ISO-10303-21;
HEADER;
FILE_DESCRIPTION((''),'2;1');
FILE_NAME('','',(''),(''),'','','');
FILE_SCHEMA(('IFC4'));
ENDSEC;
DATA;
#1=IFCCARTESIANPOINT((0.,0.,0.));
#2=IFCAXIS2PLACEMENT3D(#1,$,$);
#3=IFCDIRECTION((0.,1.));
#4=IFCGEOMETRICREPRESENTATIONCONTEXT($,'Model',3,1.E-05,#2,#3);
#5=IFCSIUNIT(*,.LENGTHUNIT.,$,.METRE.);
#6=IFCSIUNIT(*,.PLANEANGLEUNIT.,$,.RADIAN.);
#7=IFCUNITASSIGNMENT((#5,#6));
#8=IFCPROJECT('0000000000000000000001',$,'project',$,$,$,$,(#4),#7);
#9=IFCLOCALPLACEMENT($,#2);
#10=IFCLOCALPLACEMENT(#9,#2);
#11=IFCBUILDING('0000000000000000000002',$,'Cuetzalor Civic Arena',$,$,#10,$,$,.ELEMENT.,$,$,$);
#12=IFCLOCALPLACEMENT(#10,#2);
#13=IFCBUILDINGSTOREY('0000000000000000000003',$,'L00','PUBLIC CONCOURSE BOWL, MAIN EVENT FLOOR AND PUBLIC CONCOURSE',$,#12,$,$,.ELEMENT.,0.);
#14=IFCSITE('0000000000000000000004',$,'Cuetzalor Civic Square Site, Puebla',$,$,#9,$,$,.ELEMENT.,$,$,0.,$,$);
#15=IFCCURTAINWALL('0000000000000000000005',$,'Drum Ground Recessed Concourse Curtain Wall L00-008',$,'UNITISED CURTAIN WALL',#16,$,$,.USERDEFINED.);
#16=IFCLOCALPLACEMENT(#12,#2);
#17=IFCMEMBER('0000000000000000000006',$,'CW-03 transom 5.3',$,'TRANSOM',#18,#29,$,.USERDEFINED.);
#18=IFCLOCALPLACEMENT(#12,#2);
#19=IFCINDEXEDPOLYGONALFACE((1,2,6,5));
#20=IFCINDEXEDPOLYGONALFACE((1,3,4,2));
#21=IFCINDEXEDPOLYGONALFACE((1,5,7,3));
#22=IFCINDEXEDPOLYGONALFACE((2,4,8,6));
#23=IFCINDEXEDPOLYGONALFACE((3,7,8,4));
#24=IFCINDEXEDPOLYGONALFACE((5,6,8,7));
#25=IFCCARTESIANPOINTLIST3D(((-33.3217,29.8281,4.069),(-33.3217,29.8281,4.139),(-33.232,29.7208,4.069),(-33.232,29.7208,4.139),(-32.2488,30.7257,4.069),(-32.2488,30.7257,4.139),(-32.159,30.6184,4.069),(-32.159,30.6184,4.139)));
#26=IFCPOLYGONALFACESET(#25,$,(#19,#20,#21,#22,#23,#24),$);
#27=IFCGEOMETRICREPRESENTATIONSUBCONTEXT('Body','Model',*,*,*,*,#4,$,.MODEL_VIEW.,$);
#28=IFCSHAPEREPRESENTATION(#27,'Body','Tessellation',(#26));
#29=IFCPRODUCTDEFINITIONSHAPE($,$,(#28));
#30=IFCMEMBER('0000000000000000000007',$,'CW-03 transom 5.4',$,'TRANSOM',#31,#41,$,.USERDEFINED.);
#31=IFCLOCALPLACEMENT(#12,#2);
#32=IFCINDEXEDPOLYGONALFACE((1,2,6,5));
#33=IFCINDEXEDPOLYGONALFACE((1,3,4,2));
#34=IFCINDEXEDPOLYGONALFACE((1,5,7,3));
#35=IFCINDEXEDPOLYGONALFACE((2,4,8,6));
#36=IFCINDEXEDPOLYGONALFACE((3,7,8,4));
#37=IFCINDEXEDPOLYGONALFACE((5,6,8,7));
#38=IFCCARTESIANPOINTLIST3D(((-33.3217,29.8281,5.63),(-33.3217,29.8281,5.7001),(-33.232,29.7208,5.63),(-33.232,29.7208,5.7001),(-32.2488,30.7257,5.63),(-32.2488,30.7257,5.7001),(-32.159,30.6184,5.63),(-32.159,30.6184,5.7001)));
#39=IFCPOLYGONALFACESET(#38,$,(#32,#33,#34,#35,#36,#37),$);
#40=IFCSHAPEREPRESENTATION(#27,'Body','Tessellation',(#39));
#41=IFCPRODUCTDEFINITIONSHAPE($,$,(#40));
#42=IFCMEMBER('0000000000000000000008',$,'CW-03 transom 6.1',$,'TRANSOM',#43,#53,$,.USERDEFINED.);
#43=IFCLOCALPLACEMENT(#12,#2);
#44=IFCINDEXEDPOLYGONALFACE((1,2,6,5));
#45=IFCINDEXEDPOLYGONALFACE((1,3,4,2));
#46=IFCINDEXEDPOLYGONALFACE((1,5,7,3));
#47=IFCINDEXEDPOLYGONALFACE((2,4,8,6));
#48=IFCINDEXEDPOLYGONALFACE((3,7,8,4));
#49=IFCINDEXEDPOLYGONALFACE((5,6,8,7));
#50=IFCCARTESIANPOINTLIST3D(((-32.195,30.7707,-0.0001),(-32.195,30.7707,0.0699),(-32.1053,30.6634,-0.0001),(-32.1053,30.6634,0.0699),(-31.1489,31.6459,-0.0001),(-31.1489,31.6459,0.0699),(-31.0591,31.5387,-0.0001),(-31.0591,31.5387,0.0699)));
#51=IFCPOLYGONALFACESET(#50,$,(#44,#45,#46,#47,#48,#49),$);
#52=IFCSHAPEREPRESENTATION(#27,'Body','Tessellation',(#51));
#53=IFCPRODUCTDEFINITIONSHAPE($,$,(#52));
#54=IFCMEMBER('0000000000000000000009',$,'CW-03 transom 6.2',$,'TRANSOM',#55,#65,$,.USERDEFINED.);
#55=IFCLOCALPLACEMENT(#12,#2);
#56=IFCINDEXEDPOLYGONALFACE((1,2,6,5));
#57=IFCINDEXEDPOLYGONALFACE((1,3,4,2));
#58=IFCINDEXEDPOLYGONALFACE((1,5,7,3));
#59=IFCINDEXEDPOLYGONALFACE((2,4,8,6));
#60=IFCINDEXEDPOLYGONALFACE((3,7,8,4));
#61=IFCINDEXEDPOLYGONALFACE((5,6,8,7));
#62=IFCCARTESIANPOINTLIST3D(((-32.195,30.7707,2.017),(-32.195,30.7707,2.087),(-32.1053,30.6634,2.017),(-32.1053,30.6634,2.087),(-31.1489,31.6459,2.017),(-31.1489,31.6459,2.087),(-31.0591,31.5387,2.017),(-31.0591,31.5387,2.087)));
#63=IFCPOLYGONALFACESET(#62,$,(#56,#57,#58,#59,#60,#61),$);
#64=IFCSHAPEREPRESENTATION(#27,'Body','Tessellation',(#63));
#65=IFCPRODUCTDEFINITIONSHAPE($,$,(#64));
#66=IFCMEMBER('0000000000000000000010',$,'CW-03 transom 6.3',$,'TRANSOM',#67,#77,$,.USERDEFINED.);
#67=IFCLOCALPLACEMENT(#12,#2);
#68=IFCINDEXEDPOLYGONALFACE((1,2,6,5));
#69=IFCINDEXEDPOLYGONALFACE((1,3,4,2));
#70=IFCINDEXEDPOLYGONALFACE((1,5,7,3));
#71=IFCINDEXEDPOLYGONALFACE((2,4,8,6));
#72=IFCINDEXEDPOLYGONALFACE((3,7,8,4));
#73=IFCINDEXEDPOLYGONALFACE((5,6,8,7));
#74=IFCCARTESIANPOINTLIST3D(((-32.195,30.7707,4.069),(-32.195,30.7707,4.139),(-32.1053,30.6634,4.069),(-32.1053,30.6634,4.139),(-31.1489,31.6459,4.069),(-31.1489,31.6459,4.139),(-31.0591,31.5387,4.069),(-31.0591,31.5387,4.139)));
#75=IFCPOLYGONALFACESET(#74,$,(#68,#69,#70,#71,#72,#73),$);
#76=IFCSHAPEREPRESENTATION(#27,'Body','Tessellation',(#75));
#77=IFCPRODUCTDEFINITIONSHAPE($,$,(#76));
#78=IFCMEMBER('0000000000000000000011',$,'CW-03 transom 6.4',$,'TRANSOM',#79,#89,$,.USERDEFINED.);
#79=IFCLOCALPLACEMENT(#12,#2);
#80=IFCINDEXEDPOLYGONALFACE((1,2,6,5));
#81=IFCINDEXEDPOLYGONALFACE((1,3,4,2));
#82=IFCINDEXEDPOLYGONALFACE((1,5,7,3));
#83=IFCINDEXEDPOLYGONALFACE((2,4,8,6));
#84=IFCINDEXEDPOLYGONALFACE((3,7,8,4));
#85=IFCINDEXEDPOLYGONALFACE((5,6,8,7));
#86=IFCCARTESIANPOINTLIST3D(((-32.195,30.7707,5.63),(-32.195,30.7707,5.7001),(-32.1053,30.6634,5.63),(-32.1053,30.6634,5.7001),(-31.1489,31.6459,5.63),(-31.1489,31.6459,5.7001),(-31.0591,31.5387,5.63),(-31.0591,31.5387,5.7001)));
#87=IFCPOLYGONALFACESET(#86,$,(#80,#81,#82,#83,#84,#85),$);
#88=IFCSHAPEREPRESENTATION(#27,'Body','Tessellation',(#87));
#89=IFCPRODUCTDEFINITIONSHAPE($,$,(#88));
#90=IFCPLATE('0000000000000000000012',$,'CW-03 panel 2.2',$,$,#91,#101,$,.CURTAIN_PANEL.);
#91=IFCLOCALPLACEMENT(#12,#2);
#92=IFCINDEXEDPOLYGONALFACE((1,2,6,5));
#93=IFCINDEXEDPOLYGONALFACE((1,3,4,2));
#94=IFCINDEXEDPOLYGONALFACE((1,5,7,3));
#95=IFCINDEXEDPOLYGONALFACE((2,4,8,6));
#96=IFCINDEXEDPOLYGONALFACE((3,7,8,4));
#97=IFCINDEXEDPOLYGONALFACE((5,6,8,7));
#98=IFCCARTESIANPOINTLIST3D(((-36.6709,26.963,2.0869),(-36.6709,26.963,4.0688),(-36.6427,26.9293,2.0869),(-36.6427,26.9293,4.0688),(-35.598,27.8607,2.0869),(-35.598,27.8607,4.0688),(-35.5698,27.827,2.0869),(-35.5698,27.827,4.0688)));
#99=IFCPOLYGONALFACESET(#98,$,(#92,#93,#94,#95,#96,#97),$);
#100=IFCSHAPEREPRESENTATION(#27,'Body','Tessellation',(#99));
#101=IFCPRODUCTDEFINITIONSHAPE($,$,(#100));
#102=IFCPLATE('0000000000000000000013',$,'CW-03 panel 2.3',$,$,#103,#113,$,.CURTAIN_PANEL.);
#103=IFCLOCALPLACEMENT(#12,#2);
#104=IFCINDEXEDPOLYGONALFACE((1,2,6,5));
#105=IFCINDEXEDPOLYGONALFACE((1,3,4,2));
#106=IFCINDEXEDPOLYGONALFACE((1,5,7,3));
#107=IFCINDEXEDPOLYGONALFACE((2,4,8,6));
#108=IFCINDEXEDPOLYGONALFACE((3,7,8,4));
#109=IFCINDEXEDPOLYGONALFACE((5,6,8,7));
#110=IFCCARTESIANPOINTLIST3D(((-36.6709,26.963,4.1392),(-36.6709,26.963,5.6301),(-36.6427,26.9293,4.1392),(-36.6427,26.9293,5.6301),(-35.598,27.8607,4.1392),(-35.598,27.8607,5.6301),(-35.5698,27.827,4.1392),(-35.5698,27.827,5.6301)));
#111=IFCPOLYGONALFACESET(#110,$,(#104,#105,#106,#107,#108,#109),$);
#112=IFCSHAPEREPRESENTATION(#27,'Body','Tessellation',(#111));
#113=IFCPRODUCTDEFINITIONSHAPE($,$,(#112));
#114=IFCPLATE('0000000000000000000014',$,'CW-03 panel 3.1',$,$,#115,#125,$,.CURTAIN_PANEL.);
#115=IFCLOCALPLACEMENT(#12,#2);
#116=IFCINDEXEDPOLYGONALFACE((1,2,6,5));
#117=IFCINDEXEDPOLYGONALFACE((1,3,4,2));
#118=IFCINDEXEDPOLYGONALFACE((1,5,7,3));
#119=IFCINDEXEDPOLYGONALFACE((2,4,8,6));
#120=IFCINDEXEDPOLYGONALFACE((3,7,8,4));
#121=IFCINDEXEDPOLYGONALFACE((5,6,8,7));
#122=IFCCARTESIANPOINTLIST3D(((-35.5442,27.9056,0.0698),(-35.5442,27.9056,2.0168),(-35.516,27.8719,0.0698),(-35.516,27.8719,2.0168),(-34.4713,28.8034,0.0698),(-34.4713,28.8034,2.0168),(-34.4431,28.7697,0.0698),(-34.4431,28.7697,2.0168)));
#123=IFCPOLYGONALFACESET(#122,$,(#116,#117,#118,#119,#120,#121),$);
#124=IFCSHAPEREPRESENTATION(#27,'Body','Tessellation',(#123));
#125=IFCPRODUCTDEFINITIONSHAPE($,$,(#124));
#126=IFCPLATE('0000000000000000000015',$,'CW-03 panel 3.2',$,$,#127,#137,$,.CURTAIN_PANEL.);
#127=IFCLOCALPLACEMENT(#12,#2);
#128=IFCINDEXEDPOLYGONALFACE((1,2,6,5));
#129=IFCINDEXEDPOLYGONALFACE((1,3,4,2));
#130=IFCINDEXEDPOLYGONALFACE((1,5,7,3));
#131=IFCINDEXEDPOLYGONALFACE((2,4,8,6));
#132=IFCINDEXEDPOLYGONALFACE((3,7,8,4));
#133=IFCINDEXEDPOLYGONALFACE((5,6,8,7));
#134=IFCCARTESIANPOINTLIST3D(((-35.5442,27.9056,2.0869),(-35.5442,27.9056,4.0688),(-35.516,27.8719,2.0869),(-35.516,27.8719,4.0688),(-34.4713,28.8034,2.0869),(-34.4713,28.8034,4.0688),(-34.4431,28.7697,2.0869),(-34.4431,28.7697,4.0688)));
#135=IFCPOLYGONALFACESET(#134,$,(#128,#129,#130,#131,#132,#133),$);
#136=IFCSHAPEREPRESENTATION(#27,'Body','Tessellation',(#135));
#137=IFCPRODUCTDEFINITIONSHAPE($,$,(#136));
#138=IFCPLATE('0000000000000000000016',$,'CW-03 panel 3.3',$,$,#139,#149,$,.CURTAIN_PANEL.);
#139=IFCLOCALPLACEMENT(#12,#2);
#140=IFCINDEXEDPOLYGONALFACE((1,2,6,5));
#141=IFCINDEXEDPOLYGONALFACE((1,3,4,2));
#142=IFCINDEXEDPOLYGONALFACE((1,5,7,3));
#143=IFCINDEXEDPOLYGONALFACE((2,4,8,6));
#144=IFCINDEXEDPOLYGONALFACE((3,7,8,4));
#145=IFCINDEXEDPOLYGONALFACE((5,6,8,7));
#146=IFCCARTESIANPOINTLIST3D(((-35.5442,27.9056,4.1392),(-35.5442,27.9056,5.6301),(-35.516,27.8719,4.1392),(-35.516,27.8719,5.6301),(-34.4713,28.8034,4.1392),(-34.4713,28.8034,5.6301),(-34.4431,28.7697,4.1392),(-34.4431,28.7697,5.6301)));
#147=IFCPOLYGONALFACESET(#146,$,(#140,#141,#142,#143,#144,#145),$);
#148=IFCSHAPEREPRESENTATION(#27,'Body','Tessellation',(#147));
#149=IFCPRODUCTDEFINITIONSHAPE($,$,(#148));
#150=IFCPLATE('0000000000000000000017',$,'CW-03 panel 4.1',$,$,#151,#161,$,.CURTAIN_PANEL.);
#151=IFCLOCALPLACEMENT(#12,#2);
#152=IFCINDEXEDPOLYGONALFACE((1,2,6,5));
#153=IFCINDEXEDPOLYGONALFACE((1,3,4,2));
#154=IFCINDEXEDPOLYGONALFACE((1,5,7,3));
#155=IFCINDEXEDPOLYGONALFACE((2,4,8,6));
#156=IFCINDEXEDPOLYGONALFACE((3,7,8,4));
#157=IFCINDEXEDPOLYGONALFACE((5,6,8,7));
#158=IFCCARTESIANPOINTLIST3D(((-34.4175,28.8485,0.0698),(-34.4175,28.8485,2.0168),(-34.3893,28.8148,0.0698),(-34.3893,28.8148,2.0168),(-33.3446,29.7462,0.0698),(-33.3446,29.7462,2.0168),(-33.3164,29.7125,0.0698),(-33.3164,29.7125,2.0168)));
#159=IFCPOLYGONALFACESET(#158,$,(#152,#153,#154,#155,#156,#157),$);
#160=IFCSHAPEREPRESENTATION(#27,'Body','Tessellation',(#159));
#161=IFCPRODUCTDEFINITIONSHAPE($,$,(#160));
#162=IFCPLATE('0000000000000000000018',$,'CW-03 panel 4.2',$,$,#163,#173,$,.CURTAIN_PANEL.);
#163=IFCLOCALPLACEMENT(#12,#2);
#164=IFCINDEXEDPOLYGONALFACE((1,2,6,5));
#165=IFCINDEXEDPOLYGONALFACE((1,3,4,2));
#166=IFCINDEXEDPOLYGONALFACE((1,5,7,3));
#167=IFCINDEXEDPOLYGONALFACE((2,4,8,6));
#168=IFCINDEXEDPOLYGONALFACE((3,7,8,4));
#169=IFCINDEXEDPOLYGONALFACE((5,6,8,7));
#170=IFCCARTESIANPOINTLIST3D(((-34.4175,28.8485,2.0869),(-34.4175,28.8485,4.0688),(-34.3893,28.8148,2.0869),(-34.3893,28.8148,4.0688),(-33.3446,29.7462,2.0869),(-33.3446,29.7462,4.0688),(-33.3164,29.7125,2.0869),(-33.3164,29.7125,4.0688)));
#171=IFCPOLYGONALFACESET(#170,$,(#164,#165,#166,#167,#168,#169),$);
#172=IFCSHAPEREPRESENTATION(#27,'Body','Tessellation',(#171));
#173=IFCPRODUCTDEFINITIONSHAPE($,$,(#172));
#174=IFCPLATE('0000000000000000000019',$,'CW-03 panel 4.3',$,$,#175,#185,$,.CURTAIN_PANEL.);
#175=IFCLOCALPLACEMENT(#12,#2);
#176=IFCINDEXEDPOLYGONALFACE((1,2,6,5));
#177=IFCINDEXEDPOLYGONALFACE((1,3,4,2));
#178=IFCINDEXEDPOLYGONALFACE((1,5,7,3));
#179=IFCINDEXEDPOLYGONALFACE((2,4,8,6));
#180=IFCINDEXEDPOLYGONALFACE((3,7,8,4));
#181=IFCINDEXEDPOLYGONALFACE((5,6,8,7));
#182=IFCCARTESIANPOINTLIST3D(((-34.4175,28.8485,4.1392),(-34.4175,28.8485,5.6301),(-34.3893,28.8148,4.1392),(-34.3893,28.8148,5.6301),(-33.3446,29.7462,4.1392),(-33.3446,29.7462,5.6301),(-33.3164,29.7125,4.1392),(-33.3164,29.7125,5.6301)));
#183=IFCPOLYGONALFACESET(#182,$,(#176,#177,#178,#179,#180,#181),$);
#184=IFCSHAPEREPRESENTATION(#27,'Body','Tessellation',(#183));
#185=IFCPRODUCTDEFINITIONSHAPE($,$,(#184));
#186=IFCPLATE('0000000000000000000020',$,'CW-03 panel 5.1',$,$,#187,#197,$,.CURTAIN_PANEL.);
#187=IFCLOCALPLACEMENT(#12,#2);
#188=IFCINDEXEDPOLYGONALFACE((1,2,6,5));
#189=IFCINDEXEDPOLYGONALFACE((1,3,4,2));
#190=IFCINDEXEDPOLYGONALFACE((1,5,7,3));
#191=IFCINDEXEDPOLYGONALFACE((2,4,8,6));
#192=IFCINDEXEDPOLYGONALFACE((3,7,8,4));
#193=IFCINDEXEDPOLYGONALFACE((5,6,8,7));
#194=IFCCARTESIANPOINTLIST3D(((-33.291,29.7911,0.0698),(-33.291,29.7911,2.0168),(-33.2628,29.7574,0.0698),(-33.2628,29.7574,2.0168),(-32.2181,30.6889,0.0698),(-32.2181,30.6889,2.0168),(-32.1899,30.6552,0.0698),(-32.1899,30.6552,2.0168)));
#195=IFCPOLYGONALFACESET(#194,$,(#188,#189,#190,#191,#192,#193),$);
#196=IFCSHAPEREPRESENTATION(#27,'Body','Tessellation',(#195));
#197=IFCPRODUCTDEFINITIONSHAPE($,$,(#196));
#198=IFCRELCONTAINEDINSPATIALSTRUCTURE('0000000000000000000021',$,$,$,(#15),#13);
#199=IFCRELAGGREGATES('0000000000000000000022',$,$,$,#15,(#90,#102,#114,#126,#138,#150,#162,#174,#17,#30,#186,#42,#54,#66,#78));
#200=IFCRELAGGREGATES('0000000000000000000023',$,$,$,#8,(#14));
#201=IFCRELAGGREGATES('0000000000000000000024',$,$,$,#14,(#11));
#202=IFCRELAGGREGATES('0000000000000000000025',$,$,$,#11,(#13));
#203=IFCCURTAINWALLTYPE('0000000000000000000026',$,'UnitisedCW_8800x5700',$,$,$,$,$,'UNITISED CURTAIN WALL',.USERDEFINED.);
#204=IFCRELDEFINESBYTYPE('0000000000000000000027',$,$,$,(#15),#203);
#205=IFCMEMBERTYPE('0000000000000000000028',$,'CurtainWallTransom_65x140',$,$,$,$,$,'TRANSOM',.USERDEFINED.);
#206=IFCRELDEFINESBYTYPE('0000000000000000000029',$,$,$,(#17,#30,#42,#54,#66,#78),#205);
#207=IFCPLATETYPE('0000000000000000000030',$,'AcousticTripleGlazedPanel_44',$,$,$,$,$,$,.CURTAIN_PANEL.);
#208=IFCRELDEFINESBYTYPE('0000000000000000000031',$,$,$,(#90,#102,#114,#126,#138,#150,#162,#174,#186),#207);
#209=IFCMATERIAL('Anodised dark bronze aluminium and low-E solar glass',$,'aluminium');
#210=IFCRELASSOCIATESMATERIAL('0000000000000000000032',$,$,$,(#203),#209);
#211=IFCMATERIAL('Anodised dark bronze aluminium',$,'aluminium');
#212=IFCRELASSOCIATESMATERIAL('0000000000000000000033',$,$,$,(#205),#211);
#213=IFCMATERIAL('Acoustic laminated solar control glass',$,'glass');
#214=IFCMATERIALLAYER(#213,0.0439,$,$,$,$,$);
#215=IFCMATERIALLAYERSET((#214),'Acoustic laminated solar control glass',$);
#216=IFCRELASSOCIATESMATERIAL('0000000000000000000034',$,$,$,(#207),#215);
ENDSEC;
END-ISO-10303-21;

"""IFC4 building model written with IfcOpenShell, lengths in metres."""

from ifc_helpers import new_model, si_unit, direction, frame, origin, origin_2d, place, context, subcontext, project, spatial, rectangle, extrude, material, layer, layer_set, material_profile, profile_set, type_object, element, aggregate, save


model = new_model("IFC4")

# Units and contexts
model_context = context("Model", 3, precision=1e-05, world=origin(), true_north=direction((0.0, 1.0)))
body_context = subcontext(model_context, "Body", "Model", "MODEL_VIEW")
ifc_project = project(units=[si_unit("LENGTHUNIT", "METRE"), si_unit("PLANEANGLEUNIT", "RADIAN")], contexts=[model_context])

# Site, building, storey
site_placement = place(None, origin())
site = spatial("IfcSite", under=ifc_project, at=site_placement, Name="Cuetzalor Civic Square Site, Puebla", CompositionType="ELEMENT", RefElevation=0.0)
building_placement = place(site_placement, origin())
building = spatial("IfcBuilding", under=site, at=building_placement, Name="Cuetzalor Civic Arena", CompositionType="ELEMENT")
storey_placement = place(building_placement, origin())
storey = spatial("IfcBuildingStorey", under=building, at=storey_placement, Name="L00", Description="PUBLIC CONCOURSE BOWL, MAIN EVENT FLOOR AND PUBLIC CONCOURSE", CompositionType="ELEMENT", Elevation=0.0)

# Curtain wall, members, plates
ifc_material_1 = material(Name="Anodised dark bronze aluminium and low-E solar glass", Category="aluminium")
curtain_wall_type = type_object("IfcCurtainWallType", Name="UnitisedCW_8800x5700", ElementType="UNITISED CURTAIN WALL", PredefinedType="USERDEFINED", material=ifc_material_1)
curtain_wall_placement = place(storey_placement, origin())
curtain_wall = element("IfcCurtainWall", 1, at=curtain_wall_placement, inside=storey, type_object=curtain_wall_type, Name="Drum Ground Recessed Concourse Curtain Wall L00-008", ObjectType="UNITISED CURTAIN WALL", PredefinedType="USERDEFINED")
ifc_material_2 = material(Name="Anodised dark bronze aluminium", Category="aluminium")
ifc_material_profile_1 = material_profile(ifc_material_2, rectangle(XDim=0.1399, YDim=0.0701, at=origin_2d()), Name="ALU TRANSOM 70x140")
ifc_profile_set_1 = profile_set([ifc_material_profile_1], Name="Anodised dark bronze aluminium")
member_type_1 = type_object("IfcMemberType", Name="CurtainWallTransom_65x140", ElementType="TRANSOM", PredefinedType="USERDEFINED", material=ifc_profile_set_1)
member_1_placement = place(storey_placement, frame((-33.2769, 29.7744, 4.104), z_axis=(0.766975, 0.641677, 0.0), x_axis=(-0.641677, 0.766975, 0.0)))
member_1 = element("IfcMember", 2, at=member_1_placement, type_object=member_type_1, Name="CW-03 transom 5.3", ObjectType="TRANSOM", PredefinedType="USERDEFINED", context=body_context, shape_type="SweptSolid", body=[
    extrude(rectangle(XDim=0.1399, YDim=0.0701, at=origin_2d()), origin(), (0.0, 0.0, 1.0), 1.3989),
])
member_2_placement = place(storey_placement, frame((-33.2769, 29.7744, 5.665), z_axis=(0.766975, 0.641677, 0.0), x_axis=(-0.641677, 0.766975, 0.0)))
member_2 = element("IfcMember", 3, at=member_2_placement, type_object=member_type_1, Name="CW-03 transom 5.4", ObjectType="TRANSOM", PredefinedType="USERDEFINED", context=body_context, shape_type="SweptSolid", body=[
    extrude(rectangle(XDim=0.1399, YDim=0.0701, at=origin_2d()), origin(), (0.0, 0.0, 1.0), 1.3989),
])
member_3_placement = place(storey_placement, frame((-32.1501, 30.717, 0.0349), z_axis=(0.766973, 0.64168, 0.0), x_axis=(-0.64168, 0.766973, 0.0)))
member_3 = element("IfcMember", 4, at=member_3_placement, type_object=member_type_1, Name="CW-03 transom 6.1", ObjectType="TRANSOM", PredefinedType="USERDEFINED", context=body_context, shape_type="SweptSolid", body=[
    extrude(rectangle(XDim=0.1399, YDim=0.0701, at=origin_2d()), origin(), (0.0, 0.0, 1.0), 1.364),
])
member_4_placement = place(storey_placement, frame((-32.1501, 30.717, 2.052), z_axis=(0.766973, 0.64168, 0.0), x_axis=(-0.64168, 0.766973, 0.0)))
member_4 = element("IfcMember", 5, at=member_4_placement, type_object=member_type_1, Name="CW-03 transom 6.2", ObjectType="TRANSOM", PredefinedType="USERDEFINED", context=body_context, shape_type="SweptSolid", body=[
    extrude(rectangle(XDim=0.1399, YDim=0.0701, at=origin_2d()), origin(), (0.0, 0.0, 1.0), 1.364),
])
member_5_placement = place(storey_placement, frame((-32.1501, 30.717, 4.104), z_axis=(0.766973, 0.64168, 0.0), x_axis=(-0.64168, 0.766973, 0.0)))
member_5 = element("IfcMember", 6, at=member_5_placement, type_object=member_type_1, Name="CW-03 transom 6.3", ObjectType="TRANSOM", PredefinedType="USERDEFINED", context=body_context, shape_type="SweptSolid", body=[
    extrude(rectangle(XDim=0.1399, YDim=0.0701, at=origin_2d()), origin(), (0.0, 0.0, 1.0), 1.364),
])
member_6_placement = place(storey_placement, frame((-32.1501, 30.717, 5.665), z_axis=(0.766973, 0.64168, 0.0), x_axis=(-0.64168, 0.766973, 0.0)))
member_6 = element("IfcMember", 7, at=member_6_placement, type_object=member_type_1, Name="CW-03 transom 6.4", ObjectType="TRANSOM", PredefinedType="USERDEFINED", context=body_context, shape_type="SweptSolid", body=[
    extrude(rectangle(XDim=0.1399, YDim=0.0701, at=origin_2d()), origin(), (0.0, 0.0, 1.0), 1.364),
])
ifc_material_3 = material(Name="Acoustic laminated solar control glass", Category="glass")
ifc_layer_1 = layer(ifc_material_3, 0.0439)
ifc_layer_set_1 = layer_set([ifc_layer_1], Name="Acoustic laminated solar control glass")
plate_type = type_object("IfcPlateType", Name="AcousticTripleGlazedPanel_44", PredefinedType="CURTAIN_PANEL", material=ifc_layer_set_1)
plate_1_placement = place(storey_placement, frame((-36.1204, 27.395, 2.0869), z_axis=(0.0, 0.0, 1.0), x_axis=(0.766928, 0.641733, 0.0)))
plate_1 = element("IfcPlate", 8, at=plate_1_placement, type_object=plate_type, Name="CW-03 panel 2.2", PredefinedType="CURTAIN_PANEL", context=body_context, shape_type="SweptSolid", body=[
    extrude(rectangle(XDim=1.3989, YDim=0.0439, at=origin_2d()), origin(), (0.0, 0.0, 1.0), 1.9819),
])
plate_2_placement = place(storey_placement, frame((-36.1204, 27.395, 4.1392), z_axis=(0.0, 0.0, 1.0), x_axis=(0.766928, 0.641733, 0.0)))
plate_2 = element("IfcPlate", 9, at=plate_2_placement, type_object=plate_type, Name="CW-03 panel 2.3", PredefinedType="CURTAIN_PANEL", context=body_context, shape_type="SweptSolid", body=[
    extrude(rectangle(XDim=1.3989, YDim=0.0439, at=origin_2d()), origin(), (0.0, 0.0, 1.0), 1.491),
])
plate_3_placement = place(storey_placement, frame((-34.9937, 28.3376, 0.0698), z_axis=(0.0, 0.0, 1.0), x_axis=(0.766928, 0.641733, 0.0)))
plate_3 = element("IfcPlate", 10, at=plate_3_placement, type_object=plate_type, Name="CW-03 panel 3.1", PredefinedType="CURTAIN_PANEL", context=body_context, shape_type="SweptSolid", body=[
    extrude(rectangle(XDim=1.3989, YDim=0.0439, at=origin_2d()), origin(), (0.0, 0.0, 1.0), 1.947),
])
plate_4_placement = place(storey_placement, frame((-34.9937, 28.3376, 2.0869), z_axis=(0.0, 0.0, 1.0), x_axis=(0.766928, 0.641733, 0.0)))
plate_4 = element("IfcPlate", 11, at=plate_4_placement, type_object=plate_type, Name="CW-03 panel 3.2", PredefinedType="CURTAIN_PANEL", context=body_context, shape_type="SweptSolid", body=[
    extrude(rectangle(XDim=1.3989, YDim=0.0439, at=origin_2d()), origin(), (0.0, 0.0, 1.0), 1.9819),
])
plate_5_placement = place(storey_placement, frame((-34.9937, 28.3376, 4.1392), z_axis=(0.0, 0.0, 1.0), x_axis=(0.766928, 0.641733, 0.0)))
plate_5 = element("IfcPlate", 12, at=plate_5_placement, type_object=plate_type, Name="CW-03 panel 3.3", PredefinedType="CURTAIN_PANEL", context=body_context, shape_type="SweptSolid", body=[
    extrude(rectangle(XDim=1.3989, YDim=0.0439, at=origin_2d()), origin(), (0.0, 0.0, 1.0), 1.491),
])
plate_6_placement = place(storey_placement, frame((-33.8669, 29.2805, 0.0698), z_axis=(0.0, 0.0, 1.0), x_axis=(0.766928, 0.641733, 0.0)))
plate_6 = element("IfcPlate", 13, at=plate_6_placement, type_object=plate_type, Name="CW-03 panel 4.1", PredefinedType="CURTAIN_PANEL", context=body_context, shape_type="SweptSolid", body=[
    extrude(rectangle(XDim=1.3989, YDim=0.0439, at=origin_2d()), origin(), (0.0, 0.0, 1.0), 1.947),
])
plate_7_placement = place(storey_placement, frame((-33.8669, 29.2805, 2.0869), z_axis=(0.0, 0.0, 1.0), x_axis=(0.766928, 0.641733, 0.0)))
plate_7 = element("IfcPlate", 14, at=plate_7_placement, type_object=plate_type, Name="CW-03 panel 4.2", PredefinedType="CURTAIN_PANEL", context=body_context, shape_type="SweptSolid", body=[
    extrude(rectangle(XDim=1.3989, YDim=0.0439, at=origin_2d()), origin(), (0.0, 0.0, 1.0), 1.9819),
])
plate_8_placement = place(storey_placement, frame((-33.8669, 29.2805, 4.1392), z_axis=(0.0, 0.0, 1.0), x_axis=(0.766928, 0.641733, 0.0)))
plate_8 = element("IfcPlate", 15, at=plate_8_placement, type_object=plate_type, Name="CW-03 panel 4.3", PredefinedType="CURTAIN_PANEL", context=body_context, shape_type="SweptSolid", body=[
    extrude(rectangle(XDim=1.3989, YDim=0.0439, at=origin_2d()), origin(), (0.0, 0.0, 1.0), 1.491),
])
plate_9_placement = place(storey_placement, frame((-32.7405, 30.2231, 0.0698), z_axis=(0.0, 0.0, 1.0), x_axis=(0.766928, 0.641733, 0.0)))
plate_9 = element("IfcPlate", 16, at=plate_9_placement, type_object=plate_type, Name="CW-03 panel 5.1", PredefinedType="CURTAIN_PANEL", context=body_context, shape_type="SweptSolid", body=[
    extrude(rectangle(XDim=1.3989, YDim=0.0439, at=origin_2d()), origin(), (0.0, 0.0, 1.0), 1.947),
])
aggregate(curtain_wall, [plate_1, plate_2, plate_3, plate_4, plate_5, plate_6, plate_7, plate_8, member_1, member_2, plate_9, member_3, member_4, member_5, member_6])

save(model, "model.ifc")
